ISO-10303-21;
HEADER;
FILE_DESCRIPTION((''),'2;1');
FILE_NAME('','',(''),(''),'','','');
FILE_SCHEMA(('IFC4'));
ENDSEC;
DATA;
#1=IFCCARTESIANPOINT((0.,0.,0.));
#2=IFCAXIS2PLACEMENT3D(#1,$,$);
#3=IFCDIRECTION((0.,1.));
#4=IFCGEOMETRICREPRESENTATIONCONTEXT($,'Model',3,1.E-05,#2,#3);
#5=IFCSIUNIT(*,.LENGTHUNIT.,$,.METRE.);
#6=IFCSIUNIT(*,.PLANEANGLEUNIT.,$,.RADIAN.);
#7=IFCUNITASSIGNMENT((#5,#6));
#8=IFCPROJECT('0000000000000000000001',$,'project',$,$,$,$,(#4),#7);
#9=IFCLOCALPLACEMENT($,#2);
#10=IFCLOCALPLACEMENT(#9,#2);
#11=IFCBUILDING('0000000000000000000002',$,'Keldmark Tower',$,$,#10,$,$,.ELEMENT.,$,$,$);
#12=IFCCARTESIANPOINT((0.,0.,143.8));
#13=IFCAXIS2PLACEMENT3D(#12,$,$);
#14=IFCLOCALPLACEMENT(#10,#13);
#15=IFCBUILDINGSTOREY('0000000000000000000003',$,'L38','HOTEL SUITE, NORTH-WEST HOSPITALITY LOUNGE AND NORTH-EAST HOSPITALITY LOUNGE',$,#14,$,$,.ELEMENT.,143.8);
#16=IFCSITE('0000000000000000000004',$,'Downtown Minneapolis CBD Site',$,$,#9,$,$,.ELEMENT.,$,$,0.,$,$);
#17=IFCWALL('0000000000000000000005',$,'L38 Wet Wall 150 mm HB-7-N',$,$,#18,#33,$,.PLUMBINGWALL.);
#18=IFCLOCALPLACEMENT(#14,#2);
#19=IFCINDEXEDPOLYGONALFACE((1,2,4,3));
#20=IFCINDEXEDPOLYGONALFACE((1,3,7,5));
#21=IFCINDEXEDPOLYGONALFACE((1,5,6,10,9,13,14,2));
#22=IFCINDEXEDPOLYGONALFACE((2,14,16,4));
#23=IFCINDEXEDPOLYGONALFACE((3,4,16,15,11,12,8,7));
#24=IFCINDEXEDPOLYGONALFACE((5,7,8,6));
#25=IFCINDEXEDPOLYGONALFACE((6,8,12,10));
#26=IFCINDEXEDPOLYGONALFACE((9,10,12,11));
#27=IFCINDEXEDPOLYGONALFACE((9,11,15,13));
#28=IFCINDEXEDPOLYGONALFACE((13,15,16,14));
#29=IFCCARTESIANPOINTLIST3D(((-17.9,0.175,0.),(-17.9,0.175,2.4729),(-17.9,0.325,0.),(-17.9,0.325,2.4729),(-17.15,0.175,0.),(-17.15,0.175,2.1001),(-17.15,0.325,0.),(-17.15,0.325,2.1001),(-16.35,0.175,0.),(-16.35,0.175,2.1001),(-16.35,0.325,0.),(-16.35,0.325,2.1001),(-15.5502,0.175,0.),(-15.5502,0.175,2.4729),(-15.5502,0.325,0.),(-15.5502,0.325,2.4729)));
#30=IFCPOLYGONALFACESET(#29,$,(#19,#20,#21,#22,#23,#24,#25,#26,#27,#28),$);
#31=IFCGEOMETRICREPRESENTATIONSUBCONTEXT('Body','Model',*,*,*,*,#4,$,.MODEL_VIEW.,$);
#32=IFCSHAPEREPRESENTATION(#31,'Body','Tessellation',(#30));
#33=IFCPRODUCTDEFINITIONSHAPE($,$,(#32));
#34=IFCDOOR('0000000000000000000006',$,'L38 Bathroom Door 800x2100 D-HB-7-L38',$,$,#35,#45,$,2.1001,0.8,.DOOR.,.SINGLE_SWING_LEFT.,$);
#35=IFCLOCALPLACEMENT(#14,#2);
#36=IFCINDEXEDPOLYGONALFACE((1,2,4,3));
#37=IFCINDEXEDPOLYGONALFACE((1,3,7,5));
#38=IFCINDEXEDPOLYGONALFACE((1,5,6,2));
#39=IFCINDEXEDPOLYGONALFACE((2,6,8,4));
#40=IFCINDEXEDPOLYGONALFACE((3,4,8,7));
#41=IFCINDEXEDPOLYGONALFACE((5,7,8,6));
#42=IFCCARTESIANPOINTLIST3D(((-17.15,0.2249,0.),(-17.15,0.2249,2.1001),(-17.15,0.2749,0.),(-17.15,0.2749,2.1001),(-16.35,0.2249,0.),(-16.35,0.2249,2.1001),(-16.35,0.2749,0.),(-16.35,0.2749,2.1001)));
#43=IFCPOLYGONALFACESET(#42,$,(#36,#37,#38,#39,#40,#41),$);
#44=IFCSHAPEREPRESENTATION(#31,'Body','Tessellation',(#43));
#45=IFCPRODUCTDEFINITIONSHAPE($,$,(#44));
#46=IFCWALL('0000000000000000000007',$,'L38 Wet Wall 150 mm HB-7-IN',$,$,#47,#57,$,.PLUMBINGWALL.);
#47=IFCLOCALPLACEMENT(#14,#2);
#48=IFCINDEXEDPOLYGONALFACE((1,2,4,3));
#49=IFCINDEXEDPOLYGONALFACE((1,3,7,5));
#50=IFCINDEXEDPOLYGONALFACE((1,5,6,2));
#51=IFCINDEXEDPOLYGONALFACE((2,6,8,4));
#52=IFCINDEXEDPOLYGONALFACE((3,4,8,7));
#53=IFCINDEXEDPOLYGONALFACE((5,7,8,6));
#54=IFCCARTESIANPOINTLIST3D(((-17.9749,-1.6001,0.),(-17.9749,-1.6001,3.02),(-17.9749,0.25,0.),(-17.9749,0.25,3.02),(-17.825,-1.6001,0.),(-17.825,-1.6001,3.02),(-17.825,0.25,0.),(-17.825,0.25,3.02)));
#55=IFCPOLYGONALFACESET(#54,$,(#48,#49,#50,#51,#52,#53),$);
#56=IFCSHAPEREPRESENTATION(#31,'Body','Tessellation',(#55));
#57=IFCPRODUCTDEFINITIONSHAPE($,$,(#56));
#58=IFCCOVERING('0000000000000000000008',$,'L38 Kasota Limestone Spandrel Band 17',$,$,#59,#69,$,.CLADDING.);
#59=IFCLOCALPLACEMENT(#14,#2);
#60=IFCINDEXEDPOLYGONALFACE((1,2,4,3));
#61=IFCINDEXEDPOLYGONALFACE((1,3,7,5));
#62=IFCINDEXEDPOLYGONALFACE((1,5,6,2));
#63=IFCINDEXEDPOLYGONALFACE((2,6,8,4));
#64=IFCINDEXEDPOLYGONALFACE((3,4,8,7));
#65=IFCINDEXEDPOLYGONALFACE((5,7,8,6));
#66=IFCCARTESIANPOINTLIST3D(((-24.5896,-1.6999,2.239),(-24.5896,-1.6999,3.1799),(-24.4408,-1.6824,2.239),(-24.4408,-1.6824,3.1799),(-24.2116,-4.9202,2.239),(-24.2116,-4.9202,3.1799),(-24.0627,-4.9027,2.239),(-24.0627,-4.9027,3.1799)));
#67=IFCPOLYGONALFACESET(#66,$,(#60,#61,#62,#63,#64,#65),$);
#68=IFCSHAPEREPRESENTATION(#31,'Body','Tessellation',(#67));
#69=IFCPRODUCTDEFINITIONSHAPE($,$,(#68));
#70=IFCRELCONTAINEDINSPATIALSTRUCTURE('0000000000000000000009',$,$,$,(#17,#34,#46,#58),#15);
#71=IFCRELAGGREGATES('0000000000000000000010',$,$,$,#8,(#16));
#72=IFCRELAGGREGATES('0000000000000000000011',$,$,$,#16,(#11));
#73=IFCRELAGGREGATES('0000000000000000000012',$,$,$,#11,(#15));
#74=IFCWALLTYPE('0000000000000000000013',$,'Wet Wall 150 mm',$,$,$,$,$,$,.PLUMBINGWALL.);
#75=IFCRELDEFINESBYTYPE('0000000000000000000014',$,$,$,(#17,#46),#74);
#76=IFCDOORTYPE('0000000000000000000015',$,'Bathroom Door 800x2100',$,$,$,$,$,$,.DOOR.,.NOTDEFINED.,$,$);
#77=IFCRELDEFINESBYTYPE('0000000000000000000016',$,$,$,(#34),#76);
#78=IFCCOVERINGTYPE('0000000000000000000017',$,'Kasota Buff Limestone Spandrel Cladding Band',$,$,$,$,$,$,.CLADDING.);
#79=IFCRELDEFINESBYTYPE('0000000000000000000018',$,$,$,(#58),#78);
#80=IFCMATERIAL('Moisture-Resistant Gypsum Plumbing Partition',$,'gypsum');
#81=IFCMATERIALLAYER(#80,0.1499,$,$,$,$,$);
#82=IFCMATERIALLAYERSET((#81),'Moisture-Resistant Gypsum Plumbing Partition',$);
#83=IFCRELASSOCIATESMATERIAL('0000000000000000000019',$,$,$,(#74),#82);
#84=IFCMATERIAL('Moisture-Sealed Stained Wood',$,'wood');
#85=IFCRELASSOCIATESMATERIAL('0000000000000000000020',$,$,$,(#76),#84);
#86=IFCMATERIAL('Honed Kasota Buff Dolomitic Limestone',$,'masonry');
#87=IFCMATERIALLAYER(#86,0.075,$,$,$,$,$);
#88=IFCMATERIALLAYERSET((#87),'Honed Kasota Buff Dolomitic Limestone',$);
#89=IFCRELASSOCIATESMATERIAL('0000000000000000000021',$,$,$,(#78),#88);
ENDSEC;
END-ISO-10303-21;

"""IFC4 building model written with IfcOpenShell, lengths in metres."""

from ifc_helpers import new_model, si_unit, direction, frame, frame_2d, origin, origin_2d, place, context, subcontext, project, spatial, rectangle, extrude, material, layer, layer_set, type_object, element, fill, save


model = new_model("IFC4")

# Units and contexts
model_context = context("Model", 3, precision=1e-05, world=origin(), true_north=direction((0.0, 1.0)))
body_context = subcontext(model_context, "Body", "Model", "MODEL_VIEW")
ifc_project = project(units=[si_unit("LENGTHUNIT", "METRE"), si_unit("PLANEANGLEUNIT", "RADIAN")], contexts=[model_context])

# Site, building, storey
site_placement = place(None, origin())
site = spatial("IfcSite", under=ifc_project, at=site_placement, Name="Downtown Minneapolis CBD Site", CompositionType="ELEMENT", RefElevation=0.0)
building_placement = place(site_placement, origin())
building = spatial("IfcBuilding", under=site, at=building_placement, Name="Keldmark Tower", CompositionType="ELEMENT")
storey_placement = place(building_placement, frame((0.0, 0.0, 143.8)))
storey = spatial("IfcBuildingStorey", under=building, at=storey_placement, Name="L38", Description="HOTEL SUITE, NORTH-WEST HOSPITALITY LOUNGE AND NORTH-EAST HOSPITALITY LOUNGE", CompositionType="ELEMENT", Elevation=143.8)

# Shared definitions
ifc_material_1 = material(Name="Moisture-Resistant Gypsum Plumbing Partition", Category="gypsum")
ifc_layer_1 = layer(ifc_material_1, 0.1499)
ifc_layer_set_1 = layer_set([ifc_layer_1], Name="Moisture-Resistant Gypsum Plumbing Partition")
wall_type_1 = type_object("IfcWallType", Name="Wet Wall 150 mm", PredefinedType="PLUMBINGWALL", material=ifc_layer_set_1)

# Wall, opening, door
wall_1_placement = place(storey_placement, frame((-17.8999, 0.25, 0.0), z_axis=(0.0, 0.0, 1.0), x_axis=(1.0, 0.0, 0.0)))
wall_1 = element("IfcWall", 1, at=wall_1_placement, inside=storey, type_object=wall_type_1, Name="L38 Wet Wall 150 mm HB-7-N", PredefinedType="PLUMBINGWALL", context=body_context, shape_type="SweptSolid", body=[
    extrude(rectangle(XDim=2.3499, YDim=0.1499, at=frame_2d((1.1748, 0.0))), origin(), (0.0, 0.0, 1.0), 2.4729),
])
opening_1_placement = place(wall_1_placement, frame((0.75, 0.0, 0.0)))
opening_1 = element("IfcOpeningElement", 2, at=opening_1_placement, cuts=wall_1, PredefinedType="OPENING", context=body_context, shape_type="SweptSolid", body=[
    extrude(rectangle(XDim=0.8, YDim=2.1001, at=frame_2d((0.3999, 1.05))), frame((0.0, 0.085, 0.0), z_axis=(0.0, -1.0, 0.0), x_axis=(1.0, 0.0, 0.0)), (0.0, 0.0, 1.0), 0.1699),
])
ifc_material_2 = material(Name="Moisture-Sealed Stained Wood", Category="wood")
door_type = type_object("IfcDoorType", Name="Bathroom Door 800x2100", OperationType="NOTDEFINED", PredefinedType="DOOR", material=ifc_material_2)
door_placement = place(opening_1_placement, origin())
door = element("IfcDoor", 3, at=door_placement, inside=storey, type_object=door_type, Name="L38 Bathroom Door 800x2100 D-HB-7-L38", OperationType="SINGLE_SWING_LEFT", OverallHeight=2.1001, OverallWidth=0.8, PredefinedType="DOOR", context=body_context, shape_type="SweptSolid", body=[
    extrude(rectangle(XDim=0.8, YDim=2.1001, at=frame_2d((0.3999, 1.05))), frame((0.0, 0.0249, 0.0), z_axis=(0.0, -1.0, 0.0), x_axis=(1.0, 0.0, 0.0)), (0.0, 0.0, 1.0), 0.05),
])
fill(opening_1, door)

# Wall
wall_2_placement = place(storey_placement, frame((-17.8999, -1.6001, 0.0), z_axis=(0.0, 0.0, 1.0), x_axis=(0.0, 1.0, 0.0)))
element("IfcWall", 4, at=wall_2_placement, inside=storey, type_object=wall_type_1, Name="L38 Wet Wall 150 mm HB-7-IN", PredefinedType="PLUMBINGWALL", context=body_context, shape_type="SweptSolid", body=[
    extrude(rectangle(XDim=1.8501, YDim=0.1499, at=frame_2d((0.925, 0.0))), origin(), (0.0, 0.0, 1.0), 3.02),
])

# Covering
ifc_material_3 = material(Name="Honed Kasota Buff Dolomitic Limestone", Category="masonry")
ifc_layer_2 = layer(ifc_material_3, 0.075)
ifc_layer_set_2 = layer_set([ifc_layer_2], Name="Honed Kasota Buff Dolomitic Limestone")
covering_type = type_object("IfcCoveringType", Name="Kasota Buff Limestone Spandrel Cladding Band", PredefinedType="CLADDING", material=ifc_layer_set_2)
covering_placement = place(storey_placement, frame((-24.3262, -3.3013, 2.239), z_axis=(0.0, 0.0, 1.0), x_axis=(0.116601, -0.993179, 0.0)))
element("IfcCovering", 5, at=covering_placement, inside=storey, type_object=covering_type, Name="L38 Kasota Limestone Spandrel Band 17", PredefinedType="CLADDING", context=body_context, shape_type="SweptSolid", body=[
    extrude(rectangle(XDim=3.2424, YDim=0.1499, at=origin_2d()), origin(), (0.0, 0.0, 1.0), 0.9409),
])

save(model, "model.ifc")
